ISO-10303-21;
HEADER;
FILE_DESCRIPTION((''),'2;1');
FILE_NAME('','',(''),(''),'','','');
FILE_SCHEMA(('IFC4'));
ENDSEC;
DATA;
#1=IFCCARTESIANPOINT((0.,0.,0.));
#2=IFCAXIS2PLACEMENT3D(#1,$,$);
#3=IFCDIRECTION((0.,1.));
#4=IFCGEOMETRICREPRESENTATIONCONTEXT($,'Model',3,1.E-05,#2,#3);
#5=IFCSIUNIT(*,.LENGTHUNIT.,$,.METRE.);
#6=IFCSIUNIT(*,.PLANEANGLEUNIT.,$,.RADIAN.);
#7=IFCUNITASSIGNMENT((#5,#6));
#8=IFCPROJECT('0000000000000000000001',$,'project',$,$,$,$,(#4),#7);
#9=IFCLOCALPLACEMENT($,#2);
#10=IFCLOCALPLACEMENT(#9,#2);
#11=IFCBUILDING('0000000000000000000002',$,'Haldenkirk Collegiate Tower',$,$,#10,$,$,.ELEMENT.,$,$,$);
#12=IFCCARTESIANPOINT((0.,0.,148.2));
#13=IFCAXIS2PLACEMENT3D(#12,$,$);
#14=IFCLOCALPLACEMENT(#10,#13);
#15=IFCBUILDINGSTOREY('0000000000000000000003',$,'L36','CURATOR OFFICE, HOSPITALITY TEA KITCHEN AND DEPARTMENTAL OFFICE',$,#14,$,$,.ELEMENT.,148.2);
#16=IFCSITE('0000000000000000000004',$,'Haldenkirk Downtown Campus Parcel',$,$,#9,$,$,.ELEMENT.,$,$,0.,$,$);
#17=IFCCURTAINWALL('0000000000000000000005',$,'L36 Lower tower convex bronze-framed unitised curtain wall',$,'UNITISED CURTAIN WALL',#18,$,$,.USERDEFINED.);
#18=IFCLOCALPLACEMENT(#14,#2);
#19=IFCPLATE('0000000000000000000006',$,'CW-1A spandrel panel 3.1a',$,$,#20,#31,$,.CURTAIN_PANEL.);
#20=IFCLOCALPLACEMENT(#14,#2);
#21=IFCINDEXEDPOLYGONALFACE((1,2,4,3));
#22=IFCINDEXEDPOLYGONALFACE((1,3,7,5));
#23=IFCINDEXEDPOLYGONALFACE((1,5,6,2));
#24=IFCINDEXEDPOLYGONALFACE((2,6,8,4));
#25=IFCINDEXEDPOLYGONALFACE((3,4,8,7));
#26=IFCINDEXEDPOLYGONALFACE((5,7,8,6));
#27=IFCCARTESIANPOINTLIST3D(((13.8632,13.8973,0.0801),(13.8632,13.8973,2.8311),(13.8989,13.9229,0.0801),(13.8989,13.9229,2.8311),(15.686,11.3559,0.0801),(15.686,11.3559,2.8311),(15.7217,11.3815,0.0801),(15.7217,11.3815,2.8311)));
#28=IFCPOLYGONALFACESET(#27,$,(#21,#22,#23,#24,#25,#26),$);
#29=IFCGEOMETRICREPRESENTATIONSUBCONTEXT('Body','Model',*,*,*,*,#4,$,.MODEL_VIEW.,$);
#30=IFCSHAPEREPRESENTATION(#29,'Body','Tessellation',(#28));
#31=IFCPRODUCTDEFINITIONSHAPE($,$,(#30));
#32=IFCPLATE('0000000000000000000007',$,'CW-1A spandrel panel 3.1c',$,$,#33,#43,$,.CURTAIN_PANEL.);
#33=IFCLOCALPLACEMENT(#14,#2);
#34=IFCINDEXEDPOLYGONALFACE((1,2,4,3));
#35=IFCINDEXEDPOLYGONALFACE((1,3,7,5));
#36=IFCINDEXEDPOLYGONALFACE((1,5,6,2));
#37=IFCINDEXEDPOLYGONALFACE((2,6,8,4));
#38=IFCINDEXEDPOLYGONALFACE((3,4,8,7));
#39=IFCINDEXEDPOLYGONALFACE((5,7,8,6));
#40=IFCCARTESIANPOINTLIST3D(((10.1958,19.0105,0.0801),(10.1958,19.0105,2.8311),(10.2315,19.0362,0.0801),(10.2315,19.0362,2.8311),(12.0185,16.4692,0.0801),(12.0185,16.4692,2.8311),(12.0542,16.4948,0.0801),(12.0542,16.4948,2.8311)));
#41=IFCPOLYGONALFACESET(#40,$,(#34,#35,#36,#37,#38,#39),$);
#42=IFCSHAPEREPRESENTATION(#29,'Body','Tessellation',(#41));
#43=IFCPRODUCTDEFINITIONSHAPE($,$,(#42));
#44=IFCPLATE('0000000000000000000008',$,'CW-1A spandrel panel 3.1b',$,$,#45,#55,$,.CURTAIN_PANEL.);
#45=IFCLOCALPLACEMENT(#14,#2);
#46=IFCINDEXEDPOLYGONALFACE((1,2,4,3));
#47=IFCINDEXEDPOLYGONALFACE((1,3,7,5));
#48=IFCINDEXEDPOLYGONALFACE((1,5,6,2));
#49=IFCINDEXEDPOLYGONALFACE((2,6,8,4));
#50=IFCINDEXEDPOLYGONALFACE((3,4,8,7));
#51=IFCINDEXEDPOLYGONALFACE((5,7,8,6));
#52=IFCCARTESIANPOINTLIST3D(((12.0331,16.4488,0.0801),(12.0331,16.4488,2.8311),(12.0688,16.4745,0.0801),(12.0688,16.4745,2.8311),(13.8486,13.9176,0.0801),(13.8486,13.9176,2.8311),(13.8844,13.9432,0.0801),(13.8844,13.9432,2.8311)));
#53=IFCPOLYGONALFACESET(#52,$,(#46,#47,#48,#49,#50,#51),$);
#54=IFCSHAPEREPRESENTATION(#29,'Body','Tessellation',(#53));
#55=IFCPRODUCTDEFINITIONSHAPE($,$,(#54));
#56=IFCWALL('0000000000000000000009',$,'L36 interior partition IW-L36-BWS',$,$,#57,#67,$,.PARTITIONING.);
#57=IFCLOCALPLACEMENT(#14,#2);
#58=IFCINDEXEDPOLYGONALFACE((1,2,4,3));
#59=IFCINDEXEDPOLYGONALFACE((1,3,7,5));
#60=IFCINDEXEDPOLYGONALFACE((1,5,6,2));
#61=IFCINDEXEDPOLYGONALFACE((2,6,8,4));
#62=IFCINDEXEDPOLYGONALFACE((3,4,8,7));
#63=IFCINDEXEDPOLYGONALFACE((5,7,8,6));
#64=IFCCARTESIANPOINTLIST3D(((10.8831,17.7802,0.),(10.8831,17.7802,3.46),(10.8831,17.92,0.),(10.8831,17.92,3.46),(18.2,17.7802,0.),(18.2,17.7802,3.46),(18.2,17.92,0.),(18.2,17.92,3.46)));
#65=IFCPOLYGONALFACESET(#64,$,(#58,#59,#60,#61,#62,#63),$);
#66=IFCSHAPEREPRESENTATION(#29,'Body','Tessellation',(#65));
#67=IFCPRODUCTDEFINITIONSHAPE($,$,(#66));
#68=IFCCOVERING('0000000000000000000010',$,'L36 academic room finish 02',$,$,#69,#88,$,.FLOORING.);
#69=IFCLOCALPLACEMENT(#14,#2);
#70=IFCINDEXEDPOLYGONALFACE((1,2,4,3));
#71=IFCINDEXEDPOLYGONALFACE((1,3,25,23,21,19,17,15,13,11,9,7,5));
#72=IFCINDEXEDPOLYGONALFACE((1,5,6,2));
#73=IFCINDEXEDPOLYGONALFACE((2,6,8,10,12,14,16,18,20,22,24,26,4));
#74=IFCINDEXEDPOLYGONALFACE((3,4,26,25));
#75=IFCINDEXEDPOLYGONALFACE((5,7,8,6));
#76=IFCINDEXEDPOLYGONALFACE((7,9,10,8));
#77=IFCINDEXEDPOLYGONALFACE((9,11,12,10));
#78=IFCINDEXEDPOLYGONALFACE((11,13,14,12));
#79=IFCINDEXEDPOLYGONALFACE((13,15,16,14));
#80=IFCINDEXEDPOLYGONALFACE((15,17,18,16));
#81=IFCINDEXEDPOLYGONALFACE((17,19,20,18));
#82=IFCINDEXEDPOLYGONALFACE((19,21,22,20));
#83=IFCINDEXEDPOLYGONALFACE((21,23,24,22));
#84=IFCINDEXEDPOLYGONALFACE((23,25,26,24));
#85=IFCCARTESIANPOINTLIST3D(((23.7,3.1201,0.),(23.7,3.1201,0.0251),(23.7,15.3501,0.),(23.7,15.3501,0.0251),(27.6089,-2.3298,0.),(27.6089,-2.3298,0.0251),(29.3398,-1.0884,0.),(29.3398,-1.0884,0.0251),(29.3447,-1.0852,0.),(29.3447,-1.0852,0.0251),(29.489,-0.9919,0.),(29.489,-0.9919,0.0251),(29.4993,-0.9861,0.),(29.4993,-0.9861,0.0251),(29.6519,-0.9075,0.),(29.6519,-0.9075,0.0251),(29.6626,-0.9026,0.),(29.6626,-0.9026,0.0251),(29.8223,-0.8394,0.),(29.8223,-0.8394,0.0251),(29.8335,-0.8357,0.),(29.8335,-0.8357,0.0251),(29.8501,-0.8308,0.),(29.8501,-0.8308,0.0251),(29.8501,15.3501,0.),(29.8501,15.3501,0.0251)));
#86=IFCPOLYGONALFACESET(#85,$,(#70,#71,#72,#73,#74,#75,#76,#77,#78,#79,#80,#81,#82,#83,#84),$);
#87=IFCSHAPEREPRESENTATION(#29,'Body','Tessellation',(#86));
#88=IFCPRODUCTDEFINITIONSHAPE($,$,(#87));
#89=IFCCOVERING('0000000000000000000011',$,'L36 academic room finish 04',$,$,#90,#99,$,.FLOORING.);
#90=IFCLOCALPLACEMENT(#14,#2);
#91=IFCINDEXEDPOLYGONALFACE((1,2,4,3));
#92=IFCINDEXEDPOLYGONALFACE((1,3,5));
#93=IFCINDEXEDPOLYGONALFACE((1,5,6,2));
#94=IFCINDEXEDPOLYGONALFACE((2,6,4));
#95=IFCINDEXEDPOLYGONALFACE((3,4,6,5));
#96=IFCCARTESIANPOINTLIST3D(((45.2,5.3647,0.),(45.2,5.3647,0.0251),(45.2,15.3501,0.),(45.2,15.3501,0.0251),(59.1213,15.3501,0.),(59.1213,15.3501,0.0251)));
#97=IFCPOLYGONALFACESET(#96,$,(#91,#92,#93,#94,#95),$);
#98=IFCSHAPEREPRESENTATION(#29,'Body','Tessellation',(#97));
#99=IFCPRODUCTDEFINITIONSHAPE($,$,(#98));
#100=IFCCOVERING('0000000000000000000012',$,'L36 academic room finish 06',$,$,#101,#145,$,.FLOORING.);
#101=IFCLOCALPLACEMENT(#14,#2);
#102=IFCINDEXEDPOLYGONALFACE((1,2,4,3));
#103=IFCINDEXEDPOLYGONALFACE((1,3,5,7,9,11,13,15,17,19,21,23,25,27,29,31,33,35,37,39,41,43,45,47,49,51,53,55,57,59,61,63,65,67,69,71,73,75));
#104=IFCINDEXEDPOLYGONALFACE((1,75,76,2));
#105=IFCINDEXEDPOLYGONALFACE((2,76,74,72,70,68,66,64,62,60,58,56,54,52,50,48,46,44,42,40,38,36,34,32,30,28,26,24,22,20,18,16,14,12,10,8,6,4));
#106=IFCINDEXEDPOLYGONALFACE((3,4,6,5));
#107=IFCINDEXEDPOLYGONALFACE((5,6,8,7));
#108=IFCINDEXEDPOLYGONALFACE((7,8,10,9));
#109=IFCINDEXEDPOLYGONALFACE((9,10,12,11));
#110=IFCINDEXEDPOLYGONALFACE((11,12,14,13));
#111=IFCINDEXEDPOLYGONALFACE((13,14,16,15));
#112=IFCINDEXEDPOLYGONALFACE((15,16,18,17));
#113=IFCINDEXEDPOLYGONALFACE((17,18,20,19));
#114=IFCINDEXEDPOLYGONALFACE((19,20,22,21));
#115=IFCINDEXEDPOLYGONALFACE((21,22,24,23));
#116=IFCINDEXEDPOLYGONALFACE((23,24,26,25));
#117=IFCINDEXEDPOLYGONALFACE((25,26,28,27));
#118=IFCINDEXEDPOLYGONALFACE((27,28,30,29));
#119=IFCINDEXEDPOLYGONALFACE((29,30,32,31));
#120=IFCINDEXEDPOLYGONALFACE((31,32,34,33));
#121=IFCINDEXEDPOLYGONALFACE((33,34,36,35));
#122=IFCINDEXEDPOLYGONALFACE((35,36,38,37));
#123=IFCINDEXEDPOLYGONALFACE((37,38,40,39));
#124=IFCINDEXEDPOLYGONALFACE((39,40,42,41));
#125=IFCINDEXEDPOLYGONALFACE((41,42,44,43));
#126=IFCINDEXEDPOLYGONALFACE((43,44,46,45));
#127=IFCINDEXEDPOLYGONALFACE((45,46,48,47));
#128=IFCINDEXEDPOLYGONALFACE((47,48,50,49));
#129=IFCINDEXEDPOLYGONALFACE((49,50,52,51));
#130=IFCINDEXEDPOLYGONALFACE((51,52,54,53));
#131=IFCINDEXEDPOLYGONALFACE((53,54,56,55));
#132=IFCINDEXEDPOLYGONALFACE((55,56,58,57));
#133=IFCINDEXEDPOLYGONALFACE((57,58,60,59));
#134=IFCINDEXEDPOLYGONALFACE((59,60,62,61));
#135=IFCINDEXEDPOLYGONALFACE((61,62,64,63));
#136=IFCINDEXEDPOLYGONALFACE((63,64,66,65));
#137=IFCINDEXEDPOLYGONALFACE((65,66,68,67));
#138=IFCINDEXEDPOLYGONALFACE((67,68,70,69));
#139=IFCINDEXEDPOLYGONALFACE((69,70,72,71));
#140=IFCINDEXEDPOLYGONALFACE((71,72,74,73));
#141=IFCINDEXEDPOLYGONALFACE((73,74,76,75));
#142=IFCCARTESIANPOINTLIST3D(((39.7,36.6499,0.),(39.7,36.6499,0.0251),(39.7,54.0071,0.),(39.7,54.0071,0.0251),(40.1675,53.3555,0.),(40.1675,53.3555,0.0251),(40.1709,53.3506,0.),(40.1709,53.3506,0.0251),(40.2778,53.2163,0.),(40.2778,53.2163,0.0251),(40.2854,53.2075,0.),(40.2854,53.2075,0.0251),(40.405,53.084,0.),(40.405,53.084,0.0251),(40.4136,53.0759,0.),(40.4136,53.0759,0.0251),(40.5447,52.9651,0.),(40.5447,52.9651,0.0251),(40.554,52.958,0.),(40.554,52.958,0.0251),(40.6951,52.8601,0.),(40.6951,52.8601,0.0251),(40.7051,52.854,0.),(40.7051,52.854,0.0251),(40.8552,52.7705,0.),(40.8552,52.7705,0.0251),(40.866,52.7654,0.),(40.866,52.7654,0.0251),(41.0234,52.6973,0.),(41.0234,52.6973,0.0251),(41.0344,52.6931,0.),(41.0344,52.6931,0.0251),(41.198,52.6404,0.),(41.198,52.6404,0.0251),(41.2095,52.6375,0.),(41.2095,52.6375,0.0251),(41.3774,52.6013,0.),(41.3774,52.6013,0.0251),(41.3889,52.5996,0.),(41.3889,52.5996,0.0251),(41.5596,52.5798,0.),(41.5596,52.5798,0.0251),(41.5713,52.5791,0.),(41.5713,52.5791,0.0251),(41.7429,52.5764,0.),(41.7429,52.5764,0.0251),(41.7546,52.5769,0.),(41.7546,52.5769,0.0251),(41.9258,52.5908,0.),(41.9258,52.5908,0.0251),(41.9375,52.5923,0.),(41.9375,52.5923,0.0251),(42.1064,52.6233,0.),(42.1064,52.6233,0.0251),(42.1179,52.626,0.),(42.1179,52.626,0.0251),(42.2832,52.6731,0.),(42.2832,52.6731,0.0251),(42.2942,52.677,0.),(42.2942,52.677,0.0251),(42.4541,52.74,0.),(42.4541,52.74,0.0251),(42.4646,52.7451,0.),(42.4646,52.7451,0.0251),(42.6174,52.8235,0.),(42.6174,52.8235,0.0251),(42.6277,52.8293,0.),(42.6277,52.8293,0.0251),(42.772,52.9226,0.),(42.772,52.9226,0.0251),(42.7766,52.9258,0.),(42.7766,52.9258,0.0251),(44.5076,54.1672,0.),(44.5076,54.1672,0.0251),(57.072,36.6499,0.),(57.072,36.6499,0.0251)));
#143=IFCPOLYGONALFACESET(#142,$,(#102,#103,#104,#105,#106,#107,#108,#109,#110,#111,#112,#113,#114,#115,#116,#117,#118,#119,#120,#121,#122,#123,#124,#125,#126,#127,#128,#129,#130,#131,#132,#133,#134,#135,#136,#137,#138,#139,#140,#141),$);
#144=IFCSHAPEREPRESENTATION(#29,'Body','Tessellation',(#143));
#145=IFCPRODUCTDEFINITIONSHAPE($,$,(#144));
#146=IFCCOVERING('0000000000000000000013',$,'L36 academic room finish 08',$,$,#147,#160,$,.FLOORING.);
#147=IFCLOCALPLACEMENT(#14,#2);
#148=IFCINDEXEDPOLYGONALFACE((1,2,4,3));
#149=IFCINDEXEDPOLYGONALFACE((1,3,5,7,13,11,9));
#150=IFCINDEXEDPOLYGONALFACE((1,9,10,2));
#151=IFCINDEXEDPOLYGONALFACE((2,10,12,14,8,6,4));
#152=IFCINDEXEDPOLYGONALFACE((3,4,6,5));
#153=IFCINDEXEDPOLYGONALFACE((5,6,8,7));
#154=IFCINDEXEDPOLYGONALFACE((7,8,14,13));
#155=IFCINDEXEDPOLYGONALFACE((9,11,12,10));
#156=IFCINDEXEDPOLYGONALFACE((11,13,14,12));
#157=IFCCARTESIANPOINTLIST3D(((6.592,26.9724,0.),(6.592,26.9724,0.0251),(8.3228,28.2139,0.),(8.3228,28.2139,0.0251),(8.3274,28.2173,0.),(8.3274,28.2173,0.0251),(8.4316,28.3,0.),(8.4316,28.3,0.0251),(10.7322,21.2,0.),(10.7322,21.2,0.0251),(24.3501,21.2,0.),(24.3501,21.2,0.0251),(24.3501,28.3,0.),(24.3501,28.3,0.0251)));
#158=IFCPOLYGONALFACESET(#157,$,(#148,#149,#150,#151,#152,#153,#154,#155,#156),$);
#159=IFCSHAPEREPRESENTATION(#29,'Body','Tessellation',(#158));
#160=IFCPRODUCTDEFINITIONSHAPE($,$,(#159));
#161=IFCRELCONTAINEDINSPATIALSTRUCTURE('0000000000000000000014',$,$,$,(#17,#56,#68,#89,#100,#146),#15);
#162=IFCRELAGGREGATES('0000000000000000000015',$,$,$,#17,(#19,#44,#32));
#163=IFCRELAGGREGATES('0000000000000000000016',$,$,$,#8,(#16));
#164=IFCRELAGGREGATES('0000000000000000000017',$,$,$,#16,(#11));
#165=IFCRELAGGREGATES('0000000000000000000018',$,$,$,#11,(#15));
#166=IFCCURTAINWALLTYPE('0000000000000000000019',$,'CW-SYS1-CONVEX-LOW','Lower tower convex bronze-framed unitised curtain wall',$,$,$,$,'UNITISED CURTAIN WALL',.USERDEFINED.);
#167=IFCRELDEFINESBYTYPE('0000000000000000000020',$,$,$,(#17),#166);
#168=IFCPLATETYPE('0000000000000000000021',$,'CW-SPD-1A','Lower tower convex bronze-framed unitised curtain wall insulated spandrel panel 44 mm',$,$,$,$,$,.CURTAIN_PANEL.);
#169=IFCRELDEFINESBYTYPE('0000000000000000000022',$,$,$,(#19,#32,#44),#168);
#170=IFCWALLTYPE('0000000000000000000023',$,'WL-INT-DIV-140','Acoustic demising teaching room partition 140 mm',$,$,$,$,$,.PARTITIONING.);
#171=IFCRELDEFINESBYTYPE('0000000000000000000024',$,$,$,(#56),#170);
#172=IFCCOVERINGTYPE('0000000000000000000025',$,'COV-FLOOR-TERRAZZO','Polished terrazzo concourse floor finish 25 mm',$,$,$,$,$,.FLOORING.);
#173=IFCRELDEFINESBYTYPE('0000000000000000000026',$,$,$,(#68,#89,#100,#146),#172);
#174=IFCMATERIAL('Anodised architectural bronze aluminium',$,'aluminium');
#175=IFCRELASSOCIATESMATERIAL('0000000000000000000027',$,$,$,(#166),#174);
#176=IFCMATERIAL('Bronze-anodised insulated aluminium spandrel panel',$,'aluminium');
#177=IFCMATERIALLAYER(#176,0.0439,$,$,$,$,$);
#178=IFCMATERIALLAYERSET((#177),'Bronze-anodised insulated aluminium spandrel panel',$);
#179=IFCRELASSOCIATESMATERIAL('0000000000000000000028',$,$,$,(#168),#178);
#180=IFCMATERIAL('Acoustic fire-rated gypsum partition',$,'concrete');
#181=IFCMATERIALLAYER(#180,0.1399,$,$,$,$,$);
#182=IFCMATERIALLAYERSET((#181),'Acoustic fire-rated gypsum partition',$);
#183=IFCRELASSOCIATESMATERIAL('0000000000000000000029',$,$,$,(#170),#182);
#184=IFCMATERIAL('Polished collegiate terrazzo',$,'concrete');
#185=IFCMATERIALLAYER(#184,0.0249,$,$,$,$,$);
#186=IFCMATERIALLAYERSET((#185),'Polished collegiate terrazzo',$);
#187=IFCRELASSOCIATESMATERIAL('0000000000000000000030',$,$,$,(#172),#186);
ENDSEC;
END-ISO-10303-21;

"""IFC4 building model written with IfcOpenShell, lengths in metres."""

from ifc_helpers import new_model, si_unit, direction, frame, frame_2d, origin, origin_2d, place, context, subcontext, project, spatial, polyline, rectangle, outline, extrude, source, transform, mapped, material, layer, layer_set, type_object, element, aggregate, save


model = new_model("IFC4")

# Units and contexts
model_context = context("Model", 3, precision=1e-05, world=origin(), true_north=direction((0.0, 1.0)))
body_context = subcontext(model_context, "Body", "Model", "MODEL_VIEW")
ifc_project = project(units=[si_unit("LENGTHUNIT", "METRE"), si_unit("PLANEANGLEUNIT", "RADIAN")], contexts=[model_context])

# Site, building, storey
site_placement = place(None, origin())
site = spatial("IfcSite", under=ifc_project, at=site_placement, Name="Haldenkirk Downtown Campus Parcel", CompositionType="ELEMENT", RefElevation=0.0)
building_placement = place(site_placement, origin())
building = spatial("IfcBuilding", under=site, at=building_placement, Name="Haldenkirk Collegiate Tower", CompositionType="ELEMENT")
storey_placement = place(building_placement, frame((0.0, 0.0, 148.2)))
storey = spatial("IfcBuildingStorey", under=building, at=storey_placement, Name="L36", Description="CURATOR OFFICE, HOSPITALITY TEA KITCHEN AND DEPARTMENTAL OFFICE", CompositionType="ELEMENT", Elevation=148.2)

# Curtain wall
ifc_material_1 = material(Name="Anodised architectural bronze aluminium", Category="aluminium")
curtain_wall_type = type_object("IfcCurtainWallType", Name="CW-SYS1-CONVEX-LOW", Description="Lower tower convex bronze-framed unitised curtain wall", ElementType="UNITISED CURTAIN WALL", PredefinedType="USERDEFINED", material=ifc_material_1)
curtain_wall_placement = place(storey_placement, origin())
curtain_wall = element("IfcCurtainWall", 1, at=curtain_wall_placement, inside=storey, type_object=curtain_wall_type, Name="L36 Lower tower convex bronze-framed unitised curtain wall", ObjectType="UNITISED CURTAIN WALL", PredefinedType="USERDEFINED")

# Plates
ifc_material_2 = material(Name="Bronze-anodised insulated aluminium spandrel panel", Category="aluminium")
ifc_layer_1 = layer(ifc_material_2, 0.0439)
ifc_layer_set_1 = layer_set([ifc_layer_1], Name="Bronze-anodised insulated aluminium spandrel panel")
plate_type = type_object("IfcPlateType", Name="CW-SPD-1A", Description="Lower tower convex bronze-framed unitised curtain wall insulated spandrel panel 44 mm", PredefinedType="CURTAIN_PANEL", material=ifc_layer_set_1)
shared_shape_1 = source(origin(), body_context, "Body", "SweptSolid", [
    extrude(rectangle(XDim=3.1274, YDim=0.0439, at=origin_2d()), origin(), (0.0, 0.0, 1.0), 2.751),
])
plate_1_placement = place(storey_placement, frame((14.7925, 12.6394, 0.0801), z_axis=(0.0, 0.0, 1.0), x_axis=(-0.582832, 0.812592, 0.0)))
plate_1 = element("IfcPlate", 2, at=plate_1_placement, type_object=plate_type, Name="CW-1A spandrel panel 3.1a", PredefinedType="CURTAIN_PANEL", context=body_context, shape_type="MappedRepresentation", body=[
    mapped(shared_shape_1, transform((0.0, 0.0, 0.0), x_axis=(1.0, 0.0, 0.0), y_axis=(0.0, 1.0, 0.0), z_axis=(0.0, 0.0, 1.0), scale=1.0)),
])
plate_2_placement = place(storey_placement, frame((11.125, 17.7527, 0.0801), z_axis=(0.0, 0.0, 1.0), x_axis=(-0.582832, 0.812592, 0.0)))
plate_2 = element("IfcPlate", 3, at=plate_2_placement, type_object=plate_type, Name="CW-1A spandrel panel 3.1c", PredefinedType="CURTAIN_PANEL", context=body_context, shape_type="MappedRepresentation", body=[
    mapped(shared_shape_1, transform((0.0, 0.0, 0.0), x_axis=(1.0, 0.0, 0.0), y_axis=(0.0, 1.0, 0.0), z_axis=(0.0, 0.0, 1.0), scale=1.0)),
])
shared_shape_2 = source(origin(), body_context, "Body", "SweptSolid", [
    extrude(rectangle(XDim=3.115, YDim=0.0439, at=origin_2d()), origin(), (0.0, 0.0, 1.0), 2.751),
])
plate_3_placement = place(storey_placement, frame((12.9587, 15.196, 0.0801), z_axis=(0.0, 0.0, 1.0), x_axis=(-0.582832, 0.812592, 0.0)))
plate_3 = element("IfcPlate", 4, at=plate_3_placement, type_object=plate_type, Name="CW-1A spandrel panel 3.1b", PredefinedType="CURTAIN_PANEL", context=body_context, shape_type="MappedRepresentation", body=[
    mapped(shared_shape_2, transform((0.0, 0.0, 0.0), x_axis=(1.0, 0.0, 0.0), y_axis=(0.0, 1.0, 0.0), z_axis=(0.0, 0.0, 1.0), scale=1.0)),
])
aggregate(curtain_wall, [plate_1, plate_3, plate_2])

# Wall
ifc_material_3 = material(Name="Acoustic fire-rated gypsum partition", Category="concrete")
ifc_layer_2 = layer(ifc_material_3, 0.1399)
ifc_layer_set_2 = layer_set([ifc_layer_2], Name="Acoustic fire-rated gypsum partition")
wall_type = type_object("IfcWallType", Name="WL-INT-DIV-140", Description="Acoustic demising teaching room partition 140 mm", PredefinedType="PARTITIONING", material=ifc_layer_set_2)
wall_placement = place(storey_placement, frame((10.8831, 17.8501, 0.0), z_axis=(0.0, 0.0, 1.0), x_axis=(1.0, 0.0, 0.0)))
element("IfcWall", 5, at=wall_placement, inside=storey, type_object=wall_type, Name="L36 interior partition IW-L36-BWS", PredefinedType="PARTITIONING", context=body_context, shape_type="SweptSolid", body=[
    extrude(rectangle(XDim=7.3169, YDim=0.1399, at=frame_2d((3.6584, 0.0))), origin(), (0.0, 0.0, 1.0), 3.46),
])

# Coverings
ifc_material_4 = material(Name="Polished collegiate terrazzo", Category="concrete")
ifc_layer_3 = layer(ifc_material_4, 0.0249)
ifc_layer_set_3 = layer_set([ifc_layer_3], Name="Polished collegiate terrazzo")
covering_type_1 = type_object("IfcCoveringType", Name="COV-FLOOR-TERRAZZO", Description="Polished terrazzo concourse floor finish 25 mm", PredefinedType="FLOORING", material=ifc_layer_set_3)
covering_1_placement = place(storey_placement, origin())
element("IfcCovering", 6, at=covering_1_placement, inside=storey, type_object=covering_type_1, Name="L36 academic room finish 02", PredefinedType="FLOORING", context=body_context, shape_type="SweptSolid", body=[
    extrude(outline(polyline([(29.8335, -0.8357), (29.8223, -0.8394), (29.6626, -0.9026), (29.6519, -0.9075), (29.4993, -0.9861), (29.489, -0.9919), (29.3447, -1.0852), (29.3398, -1.0884), (27.6089, -2.3298), (23.7, 3.1201), (23.7, 15.3501), (29.8501, 15.3501), (29.8501, -0.8308), (29.8335, -0.8357)])), origin(), (0.0, 0.0, 1.0), 0.0251),
])
covering_2_placement = place(storey_placement, origin())
element("IfcCovering", 7, at=covering_2_placement, inside=storey, type_object=covering_type_1, Name="L36 academic room finish 04", PredefinedType="FLOORING", context=body_context, shape_type="SweptSolid", body=[
    extrude(outline(polyline([(45.2, 5.3647), (45.2, 15.3501), (59.1213, 15.3501), (45.2, 5.3647)])), origin(), (0.0, 0.0, 1.0), 0.0251),
])
covering_3_placement = place(storey_placement, origin())
element("IfcCovering", 8, at=covering_3_placement, inside=storey, type_object=covering_type_1, Name="L36 academic room finish 06", PredefinedType="FLOORING", context=body_context, shape_type="SweptSolid", body=[
    extrude(outline(polyline([(40.1675, 53.3555), (40.1709, 53.3506), (40.2778, 53.2163), (40.2854, 53.2075), (40.405, 53.084), (40.4136, 53.0759), (40.5447, 52.9651), (40.554, 52.958), (40.6951, 52.8601), (40.7051, 52.854), (40.8552, 52.7705), (40.866, 52.7654), (41.0234, 52.6973), (41.0344, 52.6931), (41.198, 52.6404), (41.2095, 52.6375), (41.3774, 52.6013), (41.3889, 52.5996), (41.5596, 52.5798), (41.5713, 52.5791), (41.7429, 52.5764), (41.7546, 52.5769), (41.9258, 52.5908), (41.9375, 52.5923), (42.1064, 52.6233), (42.1179, 52.626), (42.2832, 52.6731), (42.2942, 52.677), (42.4541, 52.74), (42.4646, 52.7451), (42.6174, 52.8235), (42.6277, 52.8293), (42.772, 52.9226), (42.7766, 52.9258), (44.5076, 54.1672), (57.072, 36.6499), (39.7, 36.6499), (39.7, 54.0071), (40.1675, 53.3555)])), origin(), (0.0, 0.0, 1.0), 0.0251),
])
covering_4_placement = place(storey_placement, origin())
element("IfcCovering", 9, at=covering_4_placement, inside=storey, type_object=covering_type_1, Name="L36 academic room finish 08", PredefinedType="FLOORING", context=body_context, shape_type="SweptSolid", body=[
    extrude(outline(polyline([(8.3228, 28.2139), (8.3274, 28.2173), (8.4316, 28.3), (24.3501, 28.3), (24.3501, 21.2), (10.7322, 21.2), (6.592, 26.9724), (8.3228, 28.2139)])), origin(), (0.0, 0.0, 1.0), 0.0251),
])

save(model, "model.ifc")
